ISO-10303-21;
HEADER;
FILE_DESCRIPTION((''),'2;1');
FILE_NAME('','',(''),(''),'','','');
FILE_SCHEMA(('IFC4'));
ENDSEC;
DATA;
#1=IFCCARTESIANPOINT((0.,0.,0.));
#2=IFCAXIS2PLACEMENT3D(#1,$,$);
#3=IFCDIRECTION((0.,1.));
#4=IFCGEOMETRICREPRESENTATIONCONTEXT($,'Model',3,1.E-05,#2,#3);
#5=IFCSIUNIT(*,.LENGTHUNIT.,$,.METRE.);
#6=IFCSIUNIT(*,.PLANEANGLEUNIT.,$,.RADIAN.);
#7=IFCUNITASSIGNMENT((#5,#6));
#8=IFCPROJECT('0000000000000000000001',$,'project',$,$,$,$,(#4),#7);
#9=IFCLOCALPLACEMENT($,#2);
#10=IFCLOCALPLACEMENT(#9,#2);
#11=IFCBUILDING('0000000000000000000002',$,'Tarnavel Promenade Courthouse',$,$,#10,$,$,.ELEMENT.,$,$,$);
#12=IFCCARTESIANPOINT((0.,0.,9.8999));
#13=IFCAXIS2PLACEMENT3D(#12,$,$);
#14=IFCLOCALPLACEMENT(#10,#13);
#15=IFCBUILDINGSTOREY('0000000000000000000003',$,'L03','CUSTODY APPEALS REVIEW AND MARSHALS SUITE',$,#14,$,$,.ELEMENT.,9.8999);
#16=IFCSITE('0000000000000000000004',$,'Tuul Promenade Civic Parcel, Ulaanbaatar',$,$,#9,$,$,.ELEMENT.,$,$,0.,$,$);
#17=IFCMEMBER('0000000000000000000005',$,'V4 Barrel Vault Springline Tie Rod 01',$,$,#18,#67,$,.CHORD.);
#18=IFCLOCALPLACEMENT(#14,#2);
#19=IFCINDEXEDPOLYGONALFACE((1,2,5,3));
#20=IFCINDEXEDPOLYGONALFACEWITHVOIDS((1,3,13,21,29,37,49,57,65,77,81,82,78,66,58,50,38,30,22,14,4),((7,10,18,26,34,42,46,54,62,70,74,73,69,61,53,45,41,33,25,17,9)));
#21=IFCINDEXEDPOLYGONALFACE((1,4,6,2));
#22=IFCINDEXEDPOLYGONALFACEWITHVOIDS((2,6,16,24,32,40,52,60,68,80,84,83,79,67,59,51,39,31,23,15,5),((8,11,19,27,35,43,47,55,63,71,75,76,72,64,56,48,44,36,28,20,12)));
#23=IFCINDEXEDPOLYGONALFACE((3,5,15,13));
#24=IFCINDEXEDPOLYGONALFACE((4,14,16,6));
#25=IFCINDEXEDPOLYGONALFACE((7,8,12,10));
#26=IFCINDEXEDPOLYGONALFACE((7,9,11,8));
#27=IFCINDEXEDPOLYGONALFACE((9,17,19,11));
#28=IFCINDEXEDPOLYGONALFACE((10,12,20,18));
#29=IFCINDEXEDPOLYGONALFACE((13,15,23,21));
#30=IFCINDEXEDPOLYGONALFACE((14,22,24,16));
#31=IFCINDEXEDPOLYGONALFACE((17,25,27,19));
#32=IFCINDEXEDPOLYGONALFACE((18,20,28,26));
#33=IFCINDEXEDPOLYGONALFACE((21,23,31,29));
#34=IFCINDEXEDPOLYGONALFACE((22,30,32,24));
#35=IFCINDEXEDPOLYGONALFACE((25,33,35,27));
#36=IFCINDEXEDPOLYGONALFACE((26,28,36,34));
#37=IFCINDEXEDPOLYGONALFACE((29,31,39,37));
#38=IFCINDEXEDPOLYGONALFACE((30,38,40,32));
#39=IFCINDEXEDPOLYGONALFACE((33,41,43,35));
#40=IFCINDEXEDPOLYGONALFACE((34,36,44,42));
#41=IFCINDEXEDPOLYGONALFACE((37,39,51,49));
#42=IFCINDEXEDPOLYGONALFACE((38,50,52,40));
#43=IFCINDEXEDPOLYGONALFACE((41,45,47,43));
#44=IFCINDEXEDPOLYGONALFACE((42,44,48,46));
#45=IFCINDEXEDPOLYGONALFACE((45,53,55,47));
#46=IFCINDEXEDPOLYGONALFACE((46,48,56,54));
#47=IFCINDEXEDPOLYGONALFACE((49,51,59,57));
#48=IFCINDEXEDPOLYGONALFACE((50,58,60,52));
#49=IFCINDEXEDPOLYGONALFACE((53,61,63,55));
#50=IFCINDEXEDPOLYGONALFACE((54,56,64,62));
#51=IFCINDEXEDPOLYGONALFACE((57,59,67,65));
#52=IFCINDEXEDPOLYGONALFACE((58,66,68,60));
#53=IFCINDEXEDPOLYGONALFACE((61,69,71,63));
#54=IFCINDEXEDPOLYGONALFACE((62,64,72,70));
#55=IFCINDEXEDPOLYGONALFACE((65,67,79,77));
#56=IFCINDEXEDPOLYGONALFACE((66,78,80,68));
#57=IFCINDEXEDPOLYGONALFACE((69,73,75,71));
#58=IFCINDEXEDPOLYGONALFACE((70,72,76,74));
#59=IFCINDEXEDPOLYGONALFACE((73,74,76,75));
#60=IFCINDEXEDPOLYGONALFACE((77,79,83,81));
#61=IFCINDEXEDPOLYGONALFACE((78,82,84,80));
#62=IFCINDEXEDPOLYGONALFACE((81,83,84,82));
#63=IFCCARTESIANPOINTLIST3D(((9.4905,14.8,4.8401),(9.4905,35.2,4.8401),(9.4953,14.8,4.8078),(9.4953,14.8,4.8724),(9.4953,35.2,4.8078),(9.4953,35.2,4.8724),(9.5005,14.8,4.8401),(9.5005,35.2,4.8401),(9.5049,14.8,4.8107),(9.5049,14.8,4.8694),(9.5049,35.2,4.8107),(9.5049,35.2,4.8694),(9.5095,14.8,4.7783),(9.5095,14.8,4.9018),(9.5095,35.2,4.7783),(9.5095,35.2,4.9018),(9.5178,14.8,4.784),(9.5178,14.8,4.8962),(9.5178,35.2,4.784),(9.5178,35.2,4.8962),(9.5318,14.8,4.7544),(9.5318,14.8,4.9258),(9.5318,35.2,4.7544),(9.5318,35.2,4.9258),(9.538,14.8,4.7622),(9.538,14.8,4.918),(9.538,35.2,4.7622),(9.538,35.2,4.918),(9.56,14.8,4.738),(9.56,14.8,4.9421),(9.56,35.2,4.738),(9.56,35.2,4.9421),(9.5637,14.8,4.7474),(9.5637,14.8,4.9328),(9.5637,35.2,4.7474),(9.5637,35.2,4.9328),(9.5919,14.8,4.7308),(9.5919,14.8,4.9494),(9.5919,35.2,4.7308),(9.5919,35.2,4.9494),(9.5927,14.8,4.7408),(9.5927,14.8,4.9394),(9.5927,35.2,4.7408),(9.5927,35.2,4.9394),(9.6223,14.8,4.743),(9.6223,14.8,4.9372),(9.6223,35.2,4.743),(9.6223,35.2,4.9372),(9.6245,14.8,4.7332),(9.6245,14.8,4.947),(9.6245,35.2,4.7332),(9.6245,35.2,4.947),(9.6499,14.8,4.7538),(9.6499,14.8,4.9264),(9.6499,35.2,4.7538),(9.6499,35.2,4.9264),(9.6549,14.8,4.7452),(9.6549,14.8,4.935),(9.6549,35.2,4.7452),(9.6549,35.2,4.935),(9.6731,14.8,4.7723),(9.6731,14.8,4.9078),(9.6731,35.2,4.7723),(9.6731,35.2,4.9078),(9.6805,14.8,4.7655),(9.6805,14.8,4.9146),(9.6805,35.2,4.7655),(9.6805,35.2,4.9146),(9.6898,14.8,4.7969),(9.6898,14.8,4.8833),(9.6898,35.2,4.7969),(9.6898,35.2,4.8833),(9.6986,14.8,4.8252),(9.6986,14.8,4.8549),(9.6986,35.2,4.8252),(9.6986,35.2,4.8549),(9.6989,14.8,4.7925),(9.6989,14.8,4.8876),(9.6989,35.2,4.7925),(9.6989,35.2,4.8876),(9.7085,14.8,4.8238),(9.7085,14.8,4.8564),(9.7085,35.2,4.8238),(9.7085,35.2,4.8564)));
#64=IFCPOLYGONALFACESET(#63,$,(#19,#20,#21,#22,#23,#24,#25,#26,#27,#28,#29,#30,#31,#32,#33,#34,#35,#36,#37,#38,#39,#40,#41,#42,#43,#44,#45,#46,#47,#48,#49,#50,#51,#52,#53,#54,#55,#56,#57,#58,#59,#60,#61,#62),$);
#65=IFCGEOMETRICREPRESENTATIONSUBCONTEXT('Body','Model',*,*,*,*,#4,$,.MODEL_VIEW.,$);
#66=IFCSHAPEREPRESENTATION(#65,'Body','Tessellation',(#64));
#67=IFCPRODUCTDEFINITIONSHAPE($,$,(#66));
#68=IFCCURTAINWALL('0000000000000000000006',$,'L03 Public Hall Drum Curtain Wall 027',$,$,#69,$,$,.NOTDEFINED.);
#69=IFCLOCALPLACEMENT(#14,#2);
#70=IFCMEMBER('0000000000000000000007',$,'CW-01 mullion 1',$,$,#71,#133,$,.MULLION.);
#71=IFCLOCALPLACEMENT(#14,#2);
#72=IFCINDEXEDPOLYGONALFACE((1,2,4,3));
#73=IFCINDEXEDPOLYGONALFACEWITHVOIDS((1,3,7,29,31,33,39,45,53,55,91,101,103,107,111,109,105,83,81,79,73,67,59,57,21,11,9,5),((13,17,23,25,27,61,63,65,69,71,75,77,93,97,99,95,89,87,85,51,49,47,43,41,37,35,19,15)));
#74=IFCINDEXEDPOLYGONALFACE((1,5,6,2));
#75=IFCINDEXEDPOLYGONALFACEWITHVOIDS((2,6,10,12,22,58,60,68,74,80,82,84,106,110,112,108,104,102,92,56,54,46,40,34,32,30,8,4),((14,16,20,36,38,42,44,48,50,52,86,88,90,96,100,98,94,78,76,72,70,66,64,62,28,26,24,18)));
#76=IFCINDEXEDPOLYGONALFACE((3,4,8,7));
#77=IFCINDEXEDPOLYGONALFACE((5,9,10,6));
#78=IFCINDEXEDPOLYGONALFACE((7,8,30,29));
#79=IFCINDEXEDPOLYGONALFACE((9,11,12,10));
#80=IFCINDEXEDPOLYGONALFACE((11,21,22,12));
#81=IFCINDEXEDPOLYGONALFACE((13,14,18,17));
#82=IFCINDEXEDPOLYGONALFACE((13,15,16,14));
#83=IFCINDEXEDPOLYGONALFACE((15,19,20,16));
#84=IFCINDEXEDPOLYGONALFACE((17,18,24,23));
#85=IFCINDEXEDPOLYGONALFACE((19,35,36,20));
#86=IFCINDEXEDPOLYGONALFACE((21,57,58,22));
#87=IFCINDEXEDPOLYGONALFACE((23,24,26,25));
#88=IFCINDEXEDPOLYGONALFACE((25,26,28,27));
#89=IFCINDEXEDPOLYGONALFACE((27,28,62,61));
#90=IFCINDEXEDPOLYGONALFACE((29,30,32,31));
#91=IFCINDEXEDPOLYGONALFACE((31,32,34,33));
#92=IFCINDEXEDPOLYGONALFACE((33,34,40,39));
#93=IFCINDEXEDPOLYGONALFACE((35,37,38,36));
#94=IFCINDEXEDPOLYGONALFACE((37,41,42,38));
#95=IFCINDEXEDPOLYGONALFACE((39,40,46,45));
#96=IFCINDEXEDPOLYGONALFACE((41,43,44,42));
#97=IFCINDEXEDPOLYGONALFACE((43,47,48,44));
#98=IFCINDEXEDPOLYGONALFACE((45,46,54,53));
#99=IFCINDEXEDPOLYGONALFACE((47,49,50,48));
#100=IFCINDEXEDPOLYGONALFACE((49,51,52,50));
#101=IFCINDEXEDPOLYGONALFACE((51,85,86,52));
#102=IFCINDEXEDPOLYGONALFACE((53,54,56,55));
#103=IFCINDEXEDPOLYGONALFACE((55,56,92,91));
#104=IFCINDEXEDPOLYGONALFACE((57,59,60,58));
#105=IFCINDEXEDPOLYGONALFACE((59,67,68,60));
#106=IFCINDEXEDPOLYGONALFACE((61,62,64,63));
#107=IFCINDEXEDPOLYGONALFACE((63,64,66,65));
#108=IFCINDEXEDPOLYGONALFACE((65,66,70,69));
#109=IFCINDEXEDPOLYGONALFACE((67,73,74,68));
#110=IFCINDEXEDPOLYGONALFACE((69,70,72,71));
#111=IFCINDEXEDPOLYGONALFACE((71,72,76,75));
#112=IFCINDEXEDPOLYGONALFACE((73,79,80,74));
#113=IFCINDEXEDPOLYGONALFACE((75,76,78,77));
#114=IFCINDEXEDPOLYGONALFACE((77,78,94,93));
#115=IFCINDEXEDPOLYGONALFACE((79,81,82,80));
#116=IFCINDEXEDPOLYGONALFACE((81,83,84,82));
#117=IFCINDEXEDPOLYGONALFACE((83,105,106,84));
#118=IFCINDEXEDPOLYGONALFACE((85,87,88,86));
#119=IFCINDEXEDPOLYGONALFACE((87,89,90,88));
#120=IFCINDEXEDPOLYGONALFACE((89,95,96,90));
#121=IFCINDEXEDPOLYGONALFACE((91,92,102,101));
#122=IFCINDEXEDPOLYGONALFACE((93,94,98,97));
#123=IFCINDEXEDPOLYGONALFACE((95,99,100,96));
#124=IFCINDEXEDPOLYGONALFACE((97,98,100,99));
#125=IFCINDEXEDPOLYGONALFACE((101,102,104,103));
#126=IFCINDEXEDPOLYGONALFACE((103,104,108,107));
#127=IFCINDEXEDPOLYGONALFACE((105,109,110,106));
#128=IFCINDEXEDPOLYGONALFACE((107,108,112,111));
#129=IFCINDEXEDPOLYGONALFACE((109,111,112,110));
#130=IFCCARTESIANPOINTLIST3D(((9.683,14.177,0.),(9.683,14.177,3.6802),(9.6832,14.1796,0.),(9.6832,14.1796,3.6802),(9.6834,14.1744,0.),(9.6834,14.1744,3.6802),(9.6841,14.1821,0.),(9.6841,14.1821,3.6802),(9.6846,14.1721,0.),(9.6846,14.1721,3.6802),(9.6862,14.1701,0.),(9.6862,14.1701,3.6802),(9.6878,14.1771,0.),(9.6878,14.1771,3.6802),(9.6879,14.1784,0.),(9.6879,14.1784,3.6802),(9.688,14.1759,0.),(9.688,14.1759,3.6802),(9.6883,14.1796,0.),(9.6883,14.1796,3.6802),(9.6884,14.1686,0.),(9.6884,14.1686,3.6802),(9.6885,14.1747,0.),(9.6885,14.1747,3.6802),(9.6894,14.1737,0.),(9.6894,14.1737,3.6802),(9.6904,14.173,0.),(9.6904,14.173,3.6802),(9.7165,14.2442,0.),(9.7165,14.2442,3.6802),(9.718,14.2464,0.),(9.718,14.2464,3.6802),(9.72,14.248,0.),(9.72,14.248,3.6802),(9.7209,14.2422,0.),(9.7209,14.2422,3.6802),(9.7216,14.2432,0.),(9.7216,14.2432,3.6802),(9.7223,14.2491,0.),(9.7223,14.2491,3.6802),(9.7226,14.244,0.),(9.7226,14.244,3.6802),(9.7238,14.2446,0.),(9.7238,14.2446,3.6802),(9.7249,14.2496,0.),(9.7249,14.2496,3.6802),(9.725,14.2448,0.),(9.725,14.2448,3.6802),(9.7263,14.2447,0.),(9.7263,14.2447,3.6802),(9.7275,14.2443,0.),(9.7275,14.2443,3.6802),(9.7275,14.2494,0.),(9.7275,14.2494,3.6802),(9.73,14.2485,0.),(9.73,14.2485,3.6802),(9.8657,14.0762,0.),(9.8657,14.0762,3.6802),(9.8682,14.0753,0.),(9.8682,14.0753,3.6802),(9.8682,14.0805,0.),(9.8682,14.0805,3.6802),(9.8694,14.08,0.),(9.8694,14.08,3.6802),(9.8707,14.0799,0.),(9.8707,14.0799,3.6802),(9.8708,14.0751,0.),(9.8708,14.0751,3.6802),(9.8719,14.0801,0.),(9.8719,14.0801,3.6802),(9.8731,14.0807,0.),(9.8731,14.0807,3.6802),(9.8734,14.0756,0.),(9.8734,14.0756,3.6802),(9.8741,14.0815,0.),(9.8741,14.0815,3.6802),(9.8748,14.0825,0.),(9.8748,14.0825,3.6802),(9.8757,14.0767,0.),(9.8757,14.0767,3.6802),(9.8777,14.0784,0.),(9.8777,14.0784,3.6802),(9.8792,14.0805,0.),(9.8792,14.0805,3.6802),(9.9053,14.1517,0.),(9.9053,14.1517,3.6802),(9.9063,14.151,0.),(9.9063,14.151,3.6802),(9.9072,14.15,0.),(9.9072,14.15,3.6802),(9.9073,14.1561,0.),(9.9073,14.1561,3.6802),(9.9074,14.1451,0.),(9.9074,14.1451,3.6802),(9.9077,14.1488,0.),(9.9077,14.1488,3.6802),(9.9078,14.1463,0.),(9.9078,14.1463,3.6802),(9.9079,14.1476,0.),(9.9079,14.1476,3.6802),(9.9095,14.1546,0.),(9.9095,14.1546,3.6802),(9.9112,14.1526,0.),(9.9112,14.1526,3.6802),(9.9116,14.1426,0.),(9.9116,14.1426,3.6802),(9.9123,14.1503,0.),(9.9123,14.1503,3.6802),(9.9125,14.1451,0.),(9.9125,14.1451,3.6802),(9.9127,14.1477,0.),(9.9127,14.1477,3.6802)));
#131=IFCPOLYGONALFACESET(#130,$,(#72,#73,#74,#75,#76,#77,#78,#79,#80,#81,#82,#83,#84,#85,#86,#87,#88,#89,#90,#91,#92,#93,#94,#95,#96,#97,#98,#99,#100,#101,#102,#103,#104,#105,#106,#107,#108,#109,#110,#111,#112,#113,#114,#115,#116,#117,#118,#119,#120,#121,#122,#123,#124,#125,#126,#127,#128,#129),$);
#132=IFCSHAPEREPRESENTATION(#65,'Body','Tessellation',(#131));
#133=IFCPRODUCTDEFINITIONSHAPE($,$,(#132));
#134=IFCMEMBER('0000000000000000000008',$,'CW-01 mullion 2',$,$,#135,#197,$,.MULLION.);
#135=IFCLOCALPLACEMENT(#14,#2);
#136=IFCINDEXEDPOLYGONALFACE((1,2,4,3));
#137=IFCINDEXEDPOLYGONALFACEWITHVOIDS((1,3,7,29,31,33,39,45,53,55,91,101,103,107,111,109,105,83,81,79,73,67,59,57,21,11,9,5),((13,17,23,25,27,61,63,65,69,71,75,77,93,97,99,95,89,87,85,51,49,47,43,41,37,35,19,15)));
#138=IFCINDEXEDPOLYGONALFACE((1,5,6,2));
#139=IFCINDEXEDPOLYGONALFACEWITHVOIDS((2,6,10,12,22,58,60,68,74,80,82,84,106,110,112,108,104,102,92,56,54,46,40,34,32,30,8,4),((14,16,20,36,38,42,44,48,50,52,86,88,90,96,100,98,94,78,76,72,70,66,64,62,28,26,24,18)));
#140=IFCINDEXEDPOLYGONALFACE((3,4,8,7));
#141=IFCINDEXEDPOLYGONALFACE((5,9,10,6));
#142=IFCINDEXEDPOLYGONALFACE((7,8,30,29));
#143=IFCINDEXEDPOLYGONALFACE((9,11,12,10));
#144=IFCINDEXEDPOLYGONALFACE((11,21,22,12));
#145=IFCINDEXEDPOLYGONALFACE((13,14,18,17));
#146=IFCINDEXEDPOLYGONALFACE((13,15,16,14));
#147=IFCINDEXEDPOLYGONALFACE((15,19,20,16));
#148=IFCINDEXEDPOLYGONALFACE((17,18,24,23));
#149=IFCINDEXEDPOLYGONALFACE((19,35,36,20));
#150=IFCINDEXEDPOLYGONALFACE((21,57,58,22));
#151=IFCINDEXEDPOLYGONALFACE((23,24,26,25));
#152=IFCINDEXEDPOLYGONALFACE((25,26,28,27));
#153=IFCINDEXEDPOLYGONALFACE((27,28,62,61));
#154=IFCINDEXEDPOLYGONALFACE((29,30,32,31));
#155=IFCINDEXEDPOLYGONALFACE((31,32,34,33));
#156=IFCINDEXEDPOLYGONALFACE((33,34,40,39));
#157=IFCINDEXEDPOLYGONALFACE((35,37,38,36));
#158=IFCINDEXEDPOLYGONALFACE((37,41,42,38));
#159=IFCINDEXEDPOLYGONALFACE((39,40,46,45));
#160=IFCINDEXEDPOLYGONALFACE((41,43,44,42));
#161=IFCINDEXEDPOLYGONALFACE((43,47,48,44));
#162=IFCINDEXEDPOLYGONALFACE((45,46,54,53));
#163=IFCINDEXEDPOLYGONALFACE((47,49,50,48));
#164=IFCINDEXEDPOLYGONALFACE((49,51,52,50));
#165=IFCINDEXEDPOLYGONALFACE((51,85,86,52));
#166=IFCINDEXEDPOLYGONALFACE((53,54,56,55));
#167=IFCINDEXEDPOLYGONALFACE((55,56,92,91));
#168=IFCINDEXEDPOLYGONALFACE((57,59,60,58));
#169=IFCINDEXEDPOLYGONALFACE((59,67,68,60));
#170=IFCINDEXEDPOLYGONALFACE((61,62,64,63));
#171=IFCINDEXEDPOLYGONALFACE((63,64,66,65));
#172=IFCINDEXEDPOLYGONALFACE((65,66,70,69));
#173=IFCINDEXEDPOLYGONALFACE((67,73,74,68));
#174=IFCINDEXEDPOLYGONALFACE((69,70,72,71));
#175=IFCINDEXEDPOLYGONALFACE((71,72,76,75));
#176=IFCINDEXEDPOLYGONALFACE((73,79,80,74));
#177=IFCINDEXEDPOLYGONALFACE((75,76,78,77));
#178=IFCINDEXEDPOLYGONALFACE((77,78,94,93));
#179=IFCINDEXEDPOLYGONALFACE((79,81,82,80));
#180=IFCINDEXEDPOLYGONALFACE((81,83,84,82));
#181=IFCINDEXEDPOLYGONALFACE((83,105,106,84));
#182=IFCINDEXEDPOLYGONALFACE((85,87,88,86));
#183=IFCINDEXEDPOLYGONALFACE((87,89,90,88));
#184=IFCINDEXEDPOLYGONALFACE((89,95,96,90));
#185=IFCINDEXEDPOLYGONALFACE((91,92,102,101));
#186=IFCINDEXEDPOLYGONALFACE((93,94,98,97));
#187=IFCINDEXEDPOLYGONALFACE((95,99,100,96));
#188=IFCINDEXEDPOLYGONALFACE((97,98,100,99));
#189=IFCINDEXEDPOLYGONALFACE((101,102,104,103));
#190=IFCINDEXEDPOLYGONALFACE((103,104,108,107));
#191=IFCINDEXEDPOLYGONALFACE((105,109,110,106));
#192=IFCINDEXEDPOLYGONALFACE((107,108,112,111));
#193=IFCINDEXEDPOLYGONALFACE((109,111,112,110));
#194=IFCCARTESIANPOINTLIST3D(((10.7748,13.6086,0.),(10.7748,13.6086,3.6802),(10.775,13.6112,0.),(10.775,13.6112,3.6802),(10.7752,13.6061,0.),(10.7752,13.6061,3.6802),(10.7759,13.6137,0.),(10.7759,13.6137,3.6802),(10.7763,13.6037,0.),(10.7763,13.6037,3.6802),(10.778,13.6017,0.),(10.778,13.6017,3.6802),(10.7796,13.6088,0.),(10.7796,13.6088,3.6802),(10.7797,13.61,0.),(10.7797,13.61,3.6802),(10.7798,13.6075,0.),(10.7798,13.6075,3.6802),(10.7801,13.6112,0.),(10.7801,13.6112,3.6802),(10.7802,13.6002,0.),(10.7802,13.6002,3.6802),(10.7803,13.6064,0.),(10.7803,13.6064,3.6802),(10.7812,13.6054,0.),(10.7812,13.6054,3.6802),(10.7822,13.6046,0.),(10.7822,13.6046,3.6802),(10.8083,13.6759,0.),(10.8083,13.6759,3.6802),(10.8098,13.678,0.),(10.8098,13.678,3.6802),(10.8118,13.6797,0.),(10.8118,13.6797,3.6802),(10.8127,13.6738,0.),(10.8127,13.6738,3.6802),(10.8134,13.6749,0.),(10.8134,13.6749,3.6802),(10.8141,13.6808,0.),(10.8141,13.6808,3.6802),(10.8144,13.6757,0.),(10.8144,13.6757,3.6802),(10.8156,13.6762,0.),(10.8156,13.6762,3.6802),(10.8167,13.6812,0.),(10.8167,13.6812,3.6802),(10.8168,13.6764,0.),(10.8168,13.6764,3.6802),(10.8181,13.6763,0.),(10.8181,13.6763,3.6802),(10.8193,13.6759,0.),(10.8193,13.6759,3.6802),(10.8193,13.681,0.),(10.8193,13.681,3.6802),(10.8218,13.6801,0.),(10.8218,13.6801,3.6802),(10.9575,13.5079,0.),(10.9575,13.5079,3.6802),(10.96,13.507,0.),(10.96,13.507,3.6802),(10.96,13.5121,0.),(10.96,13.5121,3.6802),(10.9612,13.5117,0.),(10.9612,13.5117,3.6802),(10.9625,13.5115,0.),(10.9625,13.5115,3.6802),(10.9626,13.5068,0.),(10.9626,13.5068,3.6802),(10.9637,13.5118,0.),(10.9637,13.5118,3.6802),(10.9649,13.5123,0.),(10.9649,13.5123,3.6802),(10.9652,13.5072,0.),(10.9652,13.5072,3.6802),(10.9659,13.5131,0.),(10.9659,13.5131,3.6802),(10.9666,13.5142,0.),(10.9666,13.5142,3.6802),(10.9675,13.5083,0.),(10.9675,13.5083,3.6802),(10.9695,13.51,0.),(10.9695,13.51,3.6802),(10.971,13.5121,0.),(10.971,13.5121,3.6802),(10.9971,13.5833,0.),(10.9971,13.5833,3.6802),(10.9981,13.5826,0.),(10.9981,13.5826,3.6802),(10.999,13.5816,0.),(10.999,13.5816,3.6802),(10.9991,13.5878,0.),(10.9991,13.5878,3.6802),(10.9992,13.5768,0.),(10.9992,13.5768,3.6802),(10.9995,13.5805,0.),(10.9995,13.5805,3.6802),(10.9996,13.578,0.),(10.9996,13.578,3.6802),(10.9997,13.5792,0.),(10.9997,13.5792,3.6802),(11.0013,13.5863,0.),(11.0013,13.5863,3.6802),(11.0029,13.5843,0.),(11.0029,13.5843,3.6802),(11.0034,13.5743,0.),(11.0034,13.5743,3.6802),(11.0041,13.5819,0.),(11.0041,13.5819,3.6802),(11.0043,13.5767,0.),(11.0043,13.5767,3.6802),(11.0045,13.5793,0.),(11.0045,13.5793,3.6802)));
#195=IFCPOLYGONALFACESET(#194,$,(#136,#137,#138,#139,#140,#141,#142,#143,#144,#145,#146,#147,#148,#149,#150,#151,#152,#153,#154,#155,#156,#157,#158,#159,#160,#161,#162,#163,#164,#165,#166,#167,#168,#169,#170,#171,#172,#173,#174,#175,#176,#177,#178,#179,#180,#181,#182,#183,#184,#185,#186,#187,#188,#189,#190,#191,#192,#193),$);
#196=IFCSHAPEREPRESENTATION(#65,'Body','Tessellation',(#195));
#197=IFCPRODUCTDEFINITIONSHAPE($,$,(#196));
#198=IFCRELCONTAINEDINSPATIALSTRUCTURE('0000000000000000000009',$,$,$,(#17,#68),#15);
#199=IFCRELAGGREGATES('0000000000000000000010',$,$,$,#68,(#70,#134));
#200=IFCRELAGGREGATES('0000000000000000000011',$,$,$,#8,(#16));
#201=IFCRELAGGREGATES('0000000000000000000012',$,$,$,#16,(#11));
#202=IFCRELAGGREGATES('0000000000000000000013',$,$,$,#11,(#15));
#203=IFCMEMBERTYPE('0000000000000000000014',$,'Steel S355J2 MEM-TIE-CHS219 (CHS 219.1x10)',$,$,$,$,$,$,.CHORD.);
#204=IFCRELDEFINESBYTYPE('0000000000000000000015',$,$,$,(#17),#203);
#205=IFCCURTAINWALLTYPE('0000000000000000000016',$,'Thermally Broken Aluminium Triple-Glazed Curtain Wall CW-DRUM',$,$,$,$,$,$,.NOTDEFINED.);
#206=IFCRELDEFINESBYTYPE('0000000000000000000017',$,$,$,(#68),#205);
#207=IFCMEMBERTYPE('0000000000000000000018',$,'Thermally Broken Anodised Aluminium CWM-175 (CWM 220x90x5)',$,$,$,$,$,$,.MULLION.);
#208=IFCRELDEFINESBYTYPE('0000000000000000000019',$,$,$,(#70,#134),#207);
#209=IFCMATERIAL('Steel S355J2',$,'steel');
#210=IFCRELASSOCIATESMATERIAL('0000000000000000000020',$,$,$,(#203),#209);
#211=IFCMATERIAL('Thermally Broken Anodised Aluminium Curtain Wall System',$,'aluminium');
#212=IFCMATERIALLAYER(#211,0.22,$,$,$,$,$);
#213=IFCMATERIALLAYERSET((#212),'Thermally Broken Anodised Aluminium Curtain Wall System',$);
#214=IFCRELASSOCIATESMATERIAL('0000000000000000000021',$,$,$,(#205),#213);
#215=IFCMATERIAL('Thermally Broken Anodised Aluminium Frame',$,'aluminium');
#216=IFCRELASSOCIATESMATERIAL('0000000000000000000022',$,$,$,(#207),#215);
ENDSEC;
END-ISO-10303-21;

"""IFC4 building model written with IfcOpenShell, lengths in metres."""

from ifc_helpers import new_model, si_unit, direction, frame, origin, origin_2d, place, context, subcontext, project, spatial, hollow_rectangle, hollow_circle, extrude, material, layer, layer_set, material_profile, profile_set, type_object, element, aggregate, save


model = new_model("IFC4")

# Units and contexts
model_context = context("Model", 3, precision=1e-05, world=origin(), true_north=direction((0.0, 1.0)))
body_context = subcontext(model_context, "Body", "Model", "MODEL_VIEW")
ifc_project = project(units=[si_unit("LENGTHUNIT", "METRE"), si_unit("PLANEANGLEUNIT", "RADIAN")], contexts=[model_context])

# Site, building, storey
site_placement = place(None, origin())
site = spatial("IfcSite", under=ifc_project, at=site_placement, Name="Tuul Promenade Civic Parcel, Ulaanbaatar", CompositionType="ELEMENT", RefElevation=0.0)
building_placement = place(site_placement, origin())
building = spatial("IfcBuilding", under=site, at=building_placement, Name="Tarnavel Promenade Courthouse", CompositionType="ELEMENT")
storey_placement = place(building_placement, frame((0.0, 0.0, 9.8999)))
storey = spatial("IfcBuildingStorey", under=building, at=storey_placement, Name="L03", Description="CUSTODY APPEALS REVIEW AND MARSHALS SUITE", CompositionType="ELEMENT", Elevation=9.8999)

# Shared definitions
ifc_material_1 = material(Name="Steel S355J2", Category="steel")

# Member
ifc_material_profile_1 = material_profile(ifc_material_1, hollow_circle(Radius=0.1096, WallThickness=0.01, at=origin_2d()), Name="CHS 219.1x10")
ifc_profile_set_1 = profile_set([ifc_material_profile_1], Name="Steel S355J2")
member_type_1 = type_object("IfcMemberType", Name="Steel S355J2 MEM-TIE-CHS219 (CHS 219.1x10)", PredefinedType="CHORD", material=ifc_profile_set_1)
member_1_placement = place(storey_placement, frame((9.6001, 14.8, 4.8401), z_axis=(0.0, 1.0, 0.0), x_axis=(-1.0, 0.0, 0.0)))
element("IfcMember", 1, at=member_1_placement, inside=storey, type_object=member_type_1, Name="V4 Barrel Vault Springline Tie Rod 01", PredefinedType="CHORD", context=body_context, shape_type="SweptSolid", body=[
    extrude(hollow_circle(Radius=0.1096, WallThickness=0.01, at=origin_2d()), origin(), (0.0, 0.0, 1.0), 20.3999),
])

# Curtain wall, members
ifc_material_2 = material(Name="Thermally Broken Anodised Aluminium Curtain Wall System", Category="aluminium")
ifc_layer_1 = layer(ifc_material_2, 0.22)
ifc_layer_set_1 = layer_set([ifc_layer_1], Name="Thermally Broken Anodised Aluminium Curtain Wall System")
curtain_wall_type = type_object("IfcCurtainWallType", Name="Thermally Broken Aluminium Triple-Glazed Curtain Wall CW-DRUM", PredefinedType="NOTDEFINED", material=ifc_layer_set_1)
curtain_wall_placement = place(storey_placement, origin())
curtain_wall = element("IfcCurtainWall", 2, at=curtain_wall_placement, inside=storey, type_object=curtain_wall_type, Name="L03 Public Hall Drum Curtain Wall 027", PredefinedType="NOTDEFINED")
ifc_material_3 = material(Name="Thermally Broken Anodised Aluminium Frame", Category="aluminium")
ifc_material_profile_2 = material_profile(ifc_material_3, hollow_rectangle(XDim=0.0901, YDim=0.22, WallThickness=0.0049, InnerFilletRadius=0.0049, OuterFilletRadius=0.01, at=origin_2d()), Name="CWM 220x90x5")
ifc_profile_set_2 = profile_set([ifc_material_profile_2], Name="Thermally Broken Anodised Aluminium Frame")
member_type_2 = type_object("IfcMemberType", Name="Thermally Broken Anodised Aluminium CWM-175 (CWM 220x90x5)", PredefinedType="MULLION", material=ifc_profile_set_2)
member_2_placement = place(storey_placement, frame((9.7979, 14.1624, 0.0), z_axis=(0.0, 0.0, 1.0), x_axis=(0.461749, 0.88701, 0.0)))
member_2 = element("IfcMember", 3, at=member_2_placement, type_object=member_type_2, Name="CW-01 mullion 1", PredefinedType="MULLION", context=body_context, shape_type="SweptSolid", body=[
    extrude(hollow_rectangle(XDim=0.0901, YDim=0.22, WallThickness=0.0049, InnerFilletRadius=0.0049, OuterFilletRadius=0.01, at=origin_2d()), origin(), (0.0, 0.0, 1.0), 3.6802),
])
member_3_placement = place(storey_placement, frame((10.8896, 13.594, 0.0), z_axis=(0.0, 0.0, 1.0), x_axis=(0.461749, 0.88701, 0.0)))
member_3 = element("IfcMember", 4, at=member_3_placement, type_object=member_type_2, Name="CW-01 mullion 2", PredefinedType="MULLION", context=body_context, shape_type="SweptSolid", body=[
    extrude(hollow_rectangle(XDim=0.0901, YDim=0.22, WallThickness=0.0049, InnerFilletRadius=0.0049, OuterFilletRadius=0.01, at=origin_2d()), origin(), (0.0, 0.0, 1.0), 3.6802),
])

aggregate(curtain_wall, [member_2, member_3])

save(model, "model.ifc")
